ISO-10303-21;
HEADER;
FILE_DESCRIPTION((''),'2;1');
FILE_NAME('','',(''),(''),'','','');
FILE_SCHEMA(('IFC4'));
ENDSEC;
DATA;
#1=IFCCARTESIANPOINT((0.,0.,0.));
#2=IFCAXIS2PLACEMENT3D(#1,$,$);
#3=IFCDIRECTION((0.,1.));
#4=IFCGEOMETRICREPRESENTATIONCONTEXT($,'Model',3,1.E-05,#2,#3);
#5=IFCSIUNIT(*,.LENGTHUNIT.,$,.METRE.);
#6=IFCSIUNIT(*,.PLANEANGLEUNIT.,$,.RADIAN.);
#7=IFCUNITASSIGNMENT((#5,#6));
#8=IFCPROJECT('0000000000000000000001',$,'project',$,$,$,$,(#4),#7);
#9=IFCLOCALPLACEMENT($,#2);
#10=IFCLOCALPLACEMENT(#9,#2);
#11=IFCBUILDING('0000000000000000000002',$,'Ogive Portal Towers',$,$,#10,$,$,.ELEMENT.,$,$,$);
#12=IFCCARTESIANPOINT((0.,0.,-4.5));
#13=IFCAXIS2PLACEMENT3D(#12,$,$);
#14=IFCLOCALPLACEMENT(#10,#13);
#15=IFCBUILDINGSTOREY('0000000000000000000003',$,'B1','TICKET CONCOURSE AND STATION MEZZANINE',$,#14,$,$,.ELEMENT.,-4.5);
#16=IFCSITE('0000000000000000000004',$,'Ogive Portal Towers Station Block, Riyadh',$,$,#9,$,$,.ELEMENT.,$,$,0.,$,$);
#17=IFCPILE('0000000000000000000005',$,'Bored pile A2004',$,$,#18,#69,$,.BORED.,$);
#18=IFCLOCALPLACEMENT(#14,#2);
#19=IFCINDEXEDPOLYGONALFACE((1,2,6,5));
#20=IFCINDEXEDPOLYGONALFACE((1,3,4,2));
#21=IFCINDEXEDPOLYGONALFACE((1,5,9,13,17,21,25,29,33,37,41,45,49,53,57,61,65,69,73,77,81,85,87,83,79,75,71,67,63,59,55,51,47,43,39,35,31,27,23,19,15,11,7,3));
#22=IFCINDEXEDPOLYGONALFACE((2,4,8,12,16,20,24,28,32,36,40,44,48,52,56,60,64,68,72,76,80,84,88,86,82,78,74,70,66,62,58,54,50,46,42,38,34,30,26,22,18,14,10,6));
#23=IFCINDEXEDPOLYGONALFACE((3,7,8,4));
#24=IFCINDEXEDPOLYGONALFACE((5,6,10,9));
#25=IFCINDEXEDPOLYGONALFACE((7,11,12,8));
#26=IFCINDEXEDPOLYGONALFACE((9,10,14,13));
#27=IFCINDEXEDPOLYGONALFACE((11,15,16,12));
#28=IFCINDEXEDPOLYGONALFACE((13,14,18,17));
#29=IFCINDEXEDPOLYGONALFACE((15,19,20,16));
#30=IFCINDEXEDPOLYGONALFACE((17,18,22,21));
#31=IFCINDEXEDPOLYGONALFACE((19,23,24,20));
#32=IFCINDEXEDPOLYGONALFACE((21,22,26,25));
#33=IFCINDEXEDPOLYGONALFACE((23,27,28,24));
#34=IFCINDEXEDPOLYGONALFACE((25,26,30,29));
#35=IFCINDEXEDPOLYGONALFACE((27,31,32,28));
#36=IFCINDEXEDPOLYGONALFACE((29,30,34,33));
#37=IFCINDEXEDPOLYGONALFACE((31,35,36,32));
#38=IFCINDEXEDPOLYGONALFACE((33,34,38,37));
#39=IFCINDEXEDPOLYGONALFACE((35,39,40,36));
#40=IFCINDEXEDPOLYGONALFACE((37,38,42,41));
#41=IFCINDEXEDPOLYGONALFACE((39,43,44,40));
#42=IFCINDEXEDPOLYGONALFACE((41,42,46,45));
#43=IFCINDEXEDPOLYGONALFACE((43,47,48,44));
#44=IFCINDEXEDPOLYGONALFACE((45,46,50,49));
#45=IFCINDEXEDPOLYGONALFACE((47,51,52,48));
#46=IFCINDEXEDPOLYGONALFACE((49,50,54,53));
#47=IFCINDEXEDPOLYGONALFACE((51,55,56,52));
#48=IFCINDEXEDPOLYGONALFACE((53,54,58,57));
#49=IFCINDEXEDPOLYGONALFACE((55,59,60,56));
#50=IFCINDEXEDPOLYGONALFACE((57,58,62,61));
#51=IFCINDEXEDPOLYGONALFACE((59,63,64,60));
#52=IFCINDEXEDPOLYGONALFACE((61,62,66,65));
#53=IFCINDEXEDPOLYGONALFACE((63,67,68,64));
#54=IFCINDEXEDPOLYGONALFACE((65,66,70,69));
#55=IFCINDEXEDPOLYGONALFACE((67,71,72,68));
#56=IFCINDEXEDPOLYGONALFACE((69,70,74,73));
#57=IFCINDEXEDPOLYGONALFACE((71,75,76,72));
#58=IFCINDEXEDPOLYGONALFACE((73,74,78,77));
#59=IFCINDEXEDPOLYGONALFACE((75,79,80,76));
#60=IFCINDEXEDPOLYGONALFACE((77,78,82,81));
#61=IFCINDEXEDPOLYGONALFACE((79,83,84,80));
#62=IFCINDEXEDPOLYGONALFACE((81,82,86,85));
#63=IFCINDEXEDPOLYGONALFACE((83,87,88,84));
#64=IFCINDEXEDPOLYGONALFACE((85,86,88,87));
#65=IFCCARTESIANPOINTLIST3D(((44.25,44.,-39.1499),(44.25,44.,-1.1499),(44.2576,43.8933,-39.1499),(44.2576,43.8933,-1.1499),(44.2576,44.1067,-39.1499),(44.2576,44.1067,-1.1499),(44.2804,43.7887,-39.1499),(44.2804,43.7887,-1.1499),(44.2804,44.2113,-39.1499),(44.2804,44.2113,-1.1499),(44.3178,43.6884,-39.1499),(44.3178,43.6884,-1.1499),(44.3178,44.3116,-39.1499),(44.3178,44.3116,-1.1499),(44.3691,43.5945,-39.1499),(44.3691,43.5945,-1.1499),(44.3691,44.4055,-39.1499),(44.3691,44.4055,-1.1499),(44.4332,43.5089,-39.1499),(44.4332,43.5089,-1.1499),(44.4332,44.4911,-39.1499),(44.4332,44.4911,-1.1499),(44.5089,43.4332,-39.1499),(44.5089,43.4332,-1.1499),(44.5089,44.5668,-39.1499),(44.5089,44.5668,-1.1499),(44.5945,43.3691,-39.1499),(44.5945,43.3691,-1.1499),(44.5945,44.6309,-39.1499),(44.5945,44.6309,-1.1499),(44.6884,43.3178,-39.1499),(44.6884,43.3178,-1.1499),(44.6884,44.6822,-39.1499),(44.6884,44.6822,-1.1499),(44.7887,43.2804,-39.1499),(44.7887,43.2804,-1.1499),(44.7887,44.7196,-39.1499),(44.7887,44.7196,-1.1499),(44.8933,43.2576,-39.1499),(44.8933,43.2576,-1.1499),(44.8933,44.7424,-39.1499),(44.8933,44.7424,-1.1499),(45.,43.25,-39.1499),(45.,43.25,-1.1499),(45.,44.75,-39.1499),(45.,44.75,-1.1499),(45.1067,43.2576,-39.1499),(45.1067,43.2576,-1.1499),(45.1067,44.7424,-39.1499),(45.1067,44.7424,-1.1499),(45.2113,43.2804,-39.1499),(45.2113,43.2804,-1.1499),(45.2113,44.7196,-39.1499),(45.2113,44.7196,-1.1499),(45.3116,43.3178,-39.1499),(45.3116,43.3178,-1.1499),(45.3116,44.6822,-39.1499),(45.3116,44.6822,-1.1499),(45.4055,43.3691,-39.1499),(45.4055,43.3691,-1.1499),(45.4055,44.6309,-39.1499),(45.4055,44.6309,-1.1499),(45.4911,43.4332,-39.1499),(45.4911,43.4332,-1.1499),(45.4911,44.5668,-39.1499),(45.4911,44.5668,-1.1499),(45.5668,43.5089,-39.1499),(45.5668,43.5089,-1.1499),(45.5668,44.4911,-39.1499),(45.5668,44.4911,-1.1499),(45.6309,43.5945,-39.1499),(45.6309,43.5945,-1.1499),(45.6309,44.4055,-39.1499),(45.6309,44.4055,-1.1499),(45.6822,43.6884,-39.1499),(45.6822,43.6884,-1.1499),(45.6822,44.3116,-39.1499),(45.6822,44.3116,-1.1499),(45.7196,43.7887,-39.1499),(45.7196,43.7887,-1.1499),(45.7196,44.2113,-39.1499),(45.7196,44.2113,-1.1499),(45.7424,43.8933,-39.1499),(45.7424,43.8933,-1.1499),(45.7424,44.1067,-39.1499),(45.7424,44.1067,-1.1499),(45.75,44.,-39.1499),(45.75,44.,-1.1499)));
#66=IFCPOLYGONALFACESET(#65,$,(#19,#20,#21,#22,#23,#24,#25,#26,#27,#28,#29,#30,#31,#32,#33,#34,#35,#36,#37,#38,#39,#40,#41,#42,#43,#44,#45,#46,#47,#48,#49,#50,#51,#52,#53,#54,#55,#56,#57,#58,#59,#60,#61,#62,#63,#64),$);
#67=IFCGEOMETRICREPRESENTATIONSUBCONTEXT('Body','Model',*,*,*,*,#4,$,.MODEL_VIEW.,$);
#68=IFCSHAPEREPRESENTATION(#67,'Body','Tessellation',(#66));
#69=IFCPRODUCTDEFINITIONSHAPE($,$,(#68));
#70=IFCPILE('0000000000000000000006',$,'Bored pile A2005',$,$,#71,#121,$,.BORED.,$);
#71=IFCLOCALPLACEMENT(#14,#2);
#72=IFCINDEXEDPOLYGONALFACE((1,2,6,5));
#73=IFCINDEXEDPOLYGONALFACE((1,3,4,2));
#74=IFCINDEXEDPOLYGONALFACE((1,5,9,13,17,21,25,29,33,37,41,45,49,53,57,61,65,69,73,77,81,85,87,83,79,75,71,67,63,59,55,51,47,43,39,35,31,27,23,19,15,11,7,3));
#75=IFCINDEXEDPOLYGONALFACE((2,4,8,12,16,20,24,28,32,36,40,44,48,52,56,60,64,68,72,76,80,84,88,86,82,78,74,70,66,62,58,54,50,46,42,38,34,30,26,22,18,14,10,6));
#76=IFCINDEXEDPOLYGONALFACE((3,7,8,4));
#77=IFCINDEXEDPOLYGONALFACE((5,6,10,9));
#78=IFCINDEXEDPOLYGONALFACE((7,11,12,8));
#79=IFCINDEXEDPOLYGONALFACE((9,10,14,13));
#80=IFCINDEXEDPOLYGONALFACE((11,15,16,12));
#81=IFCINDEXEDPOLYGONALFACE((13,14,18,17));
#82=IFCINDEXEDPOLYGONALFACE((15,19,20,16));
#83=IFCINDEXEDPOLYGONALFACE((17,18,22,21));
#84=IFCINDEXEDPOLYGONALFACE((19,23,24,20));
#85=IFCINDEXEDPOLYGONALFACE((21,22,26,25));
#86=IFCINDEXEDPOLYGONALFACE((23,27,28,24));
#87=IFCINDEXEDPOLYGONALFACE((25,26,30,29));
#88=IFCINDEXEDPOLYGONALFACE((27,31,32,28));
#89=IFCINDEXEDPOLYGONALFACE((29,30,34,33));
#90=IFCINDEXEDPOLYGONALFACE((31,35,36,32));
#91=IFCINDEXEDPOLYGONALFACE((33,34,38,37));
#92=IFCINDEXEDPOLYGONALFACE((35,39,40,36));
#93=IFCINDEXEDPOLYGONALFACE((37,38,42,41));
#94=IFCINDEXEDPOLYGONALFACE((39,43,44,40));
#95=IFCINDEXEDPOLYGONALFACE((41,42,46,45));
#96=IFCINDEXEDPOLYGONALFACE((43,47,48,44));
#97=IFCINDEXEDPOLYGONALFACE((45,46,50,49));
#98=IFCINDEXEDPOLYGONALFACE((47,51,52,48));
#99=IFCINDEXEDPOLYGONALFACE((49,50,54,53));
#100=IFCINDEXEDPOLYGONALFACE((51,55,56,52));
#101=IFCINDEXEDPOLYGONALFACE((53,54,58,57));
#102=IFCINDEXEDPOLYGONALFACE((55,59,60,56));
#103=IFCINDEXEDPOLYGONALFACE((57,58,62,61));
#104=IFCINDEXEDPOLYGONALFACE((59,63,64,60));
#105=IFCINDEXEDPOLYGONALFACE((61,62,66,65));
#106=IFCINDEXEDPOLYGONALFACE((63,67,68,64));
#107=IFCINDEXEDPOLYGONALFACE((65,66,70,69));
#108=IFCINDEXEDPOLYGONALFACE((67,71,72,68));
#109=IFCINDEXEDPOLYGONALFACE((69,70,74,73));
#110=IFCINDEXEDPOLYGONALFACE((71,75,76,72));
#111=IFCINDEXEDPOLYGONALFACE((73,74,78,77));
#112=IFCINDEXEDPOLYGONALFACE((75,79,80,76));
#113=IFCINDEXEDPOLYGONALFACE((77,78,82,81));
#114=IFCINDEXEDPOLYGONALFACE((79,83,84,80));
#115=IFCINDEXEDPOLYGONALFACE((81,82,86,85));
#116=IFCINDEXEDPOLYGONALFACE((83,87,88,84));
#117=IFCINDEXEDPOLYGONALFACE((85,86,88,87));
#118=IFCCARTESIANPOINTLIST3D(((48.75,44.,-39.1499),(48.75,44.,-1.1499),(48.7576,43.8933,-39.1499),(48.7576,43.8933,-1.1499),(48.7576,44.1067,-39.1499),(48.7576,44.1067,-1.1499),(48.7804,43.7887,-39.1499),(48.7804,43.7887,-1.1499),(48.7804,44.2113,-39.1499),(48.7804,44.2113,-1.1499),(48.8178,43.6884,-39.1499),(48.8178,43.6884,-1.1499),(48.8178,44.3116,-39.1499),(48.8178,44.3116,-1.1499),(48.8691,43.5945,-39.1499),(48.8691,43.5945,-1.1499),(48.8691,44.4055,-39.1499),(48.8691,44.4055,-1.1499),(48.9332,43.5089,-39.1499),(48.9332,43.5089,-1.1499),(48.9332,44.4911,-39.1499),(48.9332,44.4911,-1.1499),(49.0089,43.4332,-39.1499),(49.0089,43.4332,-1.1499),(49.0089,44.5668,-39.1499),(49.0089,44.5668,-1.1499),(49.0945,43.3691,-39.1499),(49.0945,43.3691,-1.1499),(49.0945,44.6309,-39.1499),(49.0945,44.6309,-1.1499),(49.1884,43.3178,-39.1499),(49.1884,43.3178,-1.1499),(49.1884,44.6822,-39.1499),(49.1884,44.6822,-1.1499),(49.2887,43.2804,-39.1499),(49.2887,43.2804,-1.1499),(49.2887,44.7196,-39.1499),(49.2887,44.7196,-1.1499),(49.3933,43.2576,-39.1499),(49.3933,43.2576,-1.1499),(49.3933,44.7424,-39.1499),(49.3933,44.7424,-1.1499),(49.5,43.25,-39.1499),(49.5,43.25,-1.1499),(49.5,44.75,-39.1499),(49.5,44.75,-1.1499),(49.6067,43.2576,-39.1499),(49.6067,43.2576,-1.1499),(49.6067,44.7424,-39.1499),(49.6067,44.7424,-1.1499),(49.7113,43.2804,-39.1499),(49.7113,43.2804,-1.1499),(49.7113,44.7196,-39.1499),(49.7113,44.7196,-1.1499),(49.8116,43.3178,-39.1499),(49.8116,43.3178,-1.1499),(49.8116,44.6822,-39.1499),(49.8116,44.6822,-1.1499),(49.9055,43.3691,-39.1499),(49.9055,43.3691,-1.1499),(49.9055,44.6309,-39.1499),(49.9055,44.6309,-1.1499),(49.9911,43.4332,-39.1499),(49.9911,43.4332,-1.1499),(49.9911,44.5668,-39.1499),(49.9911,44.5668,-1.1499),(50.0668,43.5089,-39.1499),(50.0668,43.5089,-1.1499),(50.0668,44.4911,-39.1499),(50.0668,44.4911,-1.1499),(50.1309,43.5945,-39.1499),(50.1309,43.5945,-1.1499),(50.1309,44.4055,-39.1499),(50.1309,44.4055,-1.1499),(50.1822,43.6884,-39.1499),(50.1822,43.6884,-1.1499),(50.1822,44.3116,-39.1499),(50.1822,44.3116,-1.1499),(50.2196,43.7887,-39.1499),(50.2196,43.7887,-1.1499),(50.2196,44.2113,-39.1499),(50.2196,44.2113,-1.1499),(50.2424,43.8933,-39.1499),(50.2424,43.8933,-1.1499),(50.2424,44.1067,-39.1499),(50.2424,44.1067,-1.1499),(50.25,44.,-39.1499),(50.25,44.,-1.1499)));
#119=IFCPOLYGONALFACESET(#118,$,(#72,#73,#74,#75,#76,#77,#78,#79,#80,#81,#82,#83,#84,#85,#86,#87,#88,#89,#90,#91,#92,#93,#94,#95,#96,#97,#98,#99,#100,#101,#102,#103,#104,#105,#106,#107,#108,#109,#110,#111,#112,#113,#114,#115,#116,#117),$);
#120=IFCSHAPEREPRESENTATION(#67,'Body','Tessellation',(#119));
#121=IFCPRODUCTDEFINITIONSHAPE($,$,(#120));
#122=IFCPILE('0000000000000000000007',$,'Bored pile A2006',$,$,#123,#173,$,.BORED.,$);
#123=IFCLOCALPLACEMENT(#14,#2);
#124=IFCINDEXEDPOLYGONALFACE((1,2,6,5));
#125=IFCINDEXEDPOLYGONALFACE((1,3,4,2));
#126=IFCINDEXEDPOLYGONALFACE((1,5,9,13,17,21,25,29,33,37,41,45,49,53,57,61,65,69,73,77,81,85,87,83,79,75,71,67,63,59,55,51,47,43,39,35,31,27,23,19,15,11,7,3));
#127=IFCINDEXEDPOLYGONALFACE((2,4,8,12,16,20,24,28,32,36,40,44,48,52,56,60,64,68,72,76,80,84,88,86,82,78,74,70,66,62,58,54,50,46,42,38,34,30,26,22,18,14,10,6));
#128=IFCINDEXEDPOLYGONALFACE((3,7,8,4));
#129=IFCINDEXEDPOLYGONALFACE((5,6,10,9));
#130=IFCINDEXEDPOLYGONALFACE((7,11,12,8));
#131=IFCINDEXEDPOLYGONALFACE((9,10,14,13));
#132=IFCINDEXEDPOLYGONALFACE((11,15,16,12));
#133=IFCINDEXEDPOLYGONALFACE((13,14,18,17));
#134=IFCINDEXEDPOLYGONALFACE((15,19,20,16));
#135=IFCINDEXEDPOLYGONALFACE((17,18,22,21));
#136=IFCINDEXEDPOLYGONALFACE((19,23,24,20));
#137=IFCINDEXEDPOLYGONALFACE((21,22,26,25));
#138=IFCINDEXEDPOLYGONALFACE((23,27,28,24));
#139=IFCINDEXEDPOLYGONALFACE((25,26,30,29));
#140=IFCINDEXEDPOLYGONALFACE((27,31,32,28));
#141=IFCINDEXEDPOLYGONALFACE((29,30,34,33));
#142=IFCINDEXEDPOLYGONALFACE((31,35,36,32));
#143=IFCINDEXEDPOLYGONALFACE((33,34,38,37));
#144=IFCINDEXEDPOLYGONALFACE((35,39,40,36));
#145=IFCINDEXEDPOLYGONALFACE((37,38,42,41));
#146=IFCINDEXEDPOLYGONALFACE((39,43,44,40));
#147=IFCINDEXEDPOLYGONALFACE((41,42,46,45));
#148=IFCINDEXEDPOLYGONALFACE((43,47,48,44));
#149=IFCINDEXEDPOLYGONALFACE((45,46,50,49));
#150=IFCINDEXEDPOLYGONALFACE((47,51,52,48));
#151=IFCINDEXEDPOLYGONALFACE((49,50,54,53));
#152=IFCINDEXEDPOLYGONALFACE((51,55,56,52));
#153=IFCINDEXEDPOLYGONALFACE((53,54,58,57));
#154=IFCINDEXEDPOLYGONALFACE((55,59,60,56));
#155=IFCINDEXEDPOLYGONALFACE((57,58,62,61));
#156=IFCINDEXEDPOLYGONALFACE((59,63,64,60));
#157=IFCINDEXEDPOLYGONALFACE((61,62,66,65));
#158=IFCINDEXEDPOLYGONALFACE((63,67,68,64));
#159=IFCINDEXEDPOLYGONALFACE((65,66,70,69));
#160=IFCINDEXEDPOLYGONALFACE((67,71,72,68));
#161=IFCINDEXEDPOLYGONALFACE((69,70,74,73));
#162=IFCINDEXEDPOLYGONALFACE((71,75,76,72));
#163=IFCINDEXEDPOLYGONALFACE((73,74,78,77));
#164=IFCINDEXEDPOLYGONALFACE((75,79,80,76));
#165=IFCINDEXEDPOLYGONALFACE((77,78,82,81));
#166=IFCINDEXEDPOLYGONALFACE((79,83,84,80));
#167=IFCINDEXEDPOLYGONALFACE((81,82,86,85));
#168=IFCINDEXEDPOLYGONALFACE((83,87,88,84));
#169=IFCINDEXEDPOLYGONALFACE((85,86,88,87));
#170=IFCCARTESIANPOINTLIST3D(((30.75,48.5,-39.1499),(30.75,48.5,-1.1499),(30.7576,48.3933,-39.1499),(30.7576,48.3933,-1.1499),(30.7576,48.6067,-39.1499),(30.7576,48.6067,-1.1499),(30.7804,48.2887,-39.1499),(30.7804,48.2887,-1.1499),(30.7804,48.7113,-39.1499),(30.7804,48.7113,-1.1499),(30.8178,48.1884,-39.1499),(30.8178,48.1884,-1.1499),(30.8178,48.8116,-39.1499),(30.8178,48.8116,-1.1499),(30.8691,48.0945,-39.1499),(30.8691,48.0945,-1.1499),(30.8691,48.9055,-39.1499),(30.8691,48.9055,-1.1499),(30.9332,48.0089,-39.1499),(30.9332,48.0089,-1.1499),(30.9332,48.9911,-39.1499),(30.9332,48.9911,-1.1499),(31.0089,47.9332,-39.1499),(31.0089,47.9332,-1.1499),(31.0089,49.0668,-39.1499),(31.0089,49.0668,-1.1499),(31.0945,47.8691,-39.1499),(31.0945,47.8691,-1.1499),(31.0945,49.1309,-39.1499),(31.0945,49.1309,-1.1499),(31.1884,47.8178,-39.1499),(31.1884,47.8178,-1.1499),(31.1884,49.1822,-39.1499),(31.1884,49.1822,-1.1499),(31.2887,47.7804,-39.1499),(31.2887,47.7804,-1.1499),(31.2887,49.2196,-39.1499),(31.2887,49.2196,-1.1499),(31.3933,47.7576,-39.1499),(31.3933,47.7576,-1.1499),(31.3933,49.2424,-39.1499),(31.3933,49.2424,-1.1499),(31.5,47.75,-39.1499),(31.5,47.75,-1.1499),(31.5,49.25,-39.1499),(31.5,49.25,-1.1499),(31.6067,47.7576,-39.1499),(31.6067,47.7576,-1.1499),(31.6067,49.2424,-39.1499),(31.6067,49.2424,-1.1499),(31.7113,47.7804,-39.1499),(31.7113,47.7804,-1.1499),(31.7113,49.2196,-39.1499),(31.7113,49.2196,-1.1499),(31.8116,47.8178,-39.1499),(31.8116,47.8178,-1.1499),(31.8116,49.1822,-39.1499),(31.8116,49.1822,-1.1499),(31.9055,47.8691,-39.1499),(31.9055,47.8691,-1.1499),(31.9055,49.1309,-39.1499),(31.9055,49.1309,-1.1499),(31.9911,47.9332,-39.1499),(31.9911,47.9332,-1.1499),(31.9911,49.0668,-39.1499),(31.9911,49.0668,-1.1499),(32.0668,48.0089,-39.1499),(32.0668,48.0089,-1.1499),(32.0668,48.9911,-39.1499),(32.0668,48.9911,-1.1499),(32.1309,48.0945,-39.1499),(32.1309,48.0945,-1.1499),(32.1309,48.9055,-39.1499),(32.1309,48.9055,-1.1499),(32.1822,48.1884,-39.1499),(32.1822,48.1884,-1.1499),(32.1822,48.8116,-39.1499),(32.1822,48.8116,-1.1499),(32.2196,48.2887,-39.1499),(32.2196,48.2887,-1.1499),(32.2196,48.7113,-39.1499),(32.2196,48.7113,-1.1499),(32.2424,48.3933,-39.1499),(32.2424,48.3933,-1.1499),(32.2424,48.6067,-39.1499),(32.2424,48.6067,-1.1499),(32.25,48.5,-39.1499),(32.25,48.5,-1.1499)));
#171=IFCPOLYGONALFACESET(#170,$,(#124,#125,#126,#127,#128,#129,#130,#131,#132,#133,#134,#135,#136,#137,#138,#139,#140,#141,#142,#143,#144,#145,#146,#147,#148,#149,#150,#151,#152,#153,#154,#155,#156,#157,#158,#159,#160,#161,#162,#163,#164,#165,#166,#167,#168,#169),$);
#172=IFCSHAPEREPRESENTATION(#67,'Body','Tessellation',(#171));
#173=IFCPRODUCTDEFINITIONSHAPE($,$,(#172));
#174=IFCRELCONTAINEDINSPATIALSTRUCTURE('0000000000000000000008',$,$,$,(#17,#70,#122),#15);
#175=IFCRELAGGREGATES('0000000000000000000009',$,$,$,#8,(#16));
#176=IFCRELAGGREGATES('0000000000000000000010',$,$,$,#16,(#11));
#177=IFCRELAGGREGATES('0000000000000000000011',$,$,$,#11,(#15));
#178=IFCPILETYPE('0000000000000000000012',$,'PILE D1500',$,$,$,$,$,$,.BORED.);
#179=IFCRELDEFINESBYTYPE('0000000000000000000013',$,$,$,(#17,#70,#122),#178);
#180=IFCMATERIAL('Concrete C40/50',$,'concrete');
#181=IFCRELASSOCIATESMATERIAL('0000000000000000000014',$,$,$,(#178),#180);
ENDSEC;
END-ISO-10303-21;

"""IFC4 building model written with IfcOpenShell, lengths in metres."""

from ifc_helpers import new_model, si_unit, direction, frame, origin, origin_2d, place, context, subcontext, project, spatial, circle, extrude, material, material_profile, profile_set, type_object, element, save


model = new_model("IFC4")

# Units and contexts
model_context = context("Model", 3, precision=1e-05, world=origin(), true_north=direction((0.0, 1.0)))
body_context = subcontext(model_context, "Body", "Model", "MODEL_VIEW")
ifc_project = project(units=[si_unit("LENGTHUNIT", "METRE"), si_unit("PLANEANGLEUNIT", "RADIAN")], contexts=[model_context])

# Site, building, storey
site_placement = place(None, origin())
site = spatial("IfcSite", under=ifc_project, at=site_placement, Name="Ogive Portal Towers Station Block, Riyadh", CompositionType="ELEMENT", RefElevation=0.0)
building_placement = place(site_placement, origin())
building = spatial("IfcBuilding", under=site, at=building_placement, Name="Ogive Portal Towers", CompositionType="ELEMENT")
storey_placement = place(building_placement, frame((0.0, 0.0, -4.5)))
storey = spatial("IfcBuildingStorey", under=building, at=storey_placement, Name="B1", Description="TICKET CONCOURSE AND STATION MEZZANINE", CompositionType="ELEMENT", Elevation=-4.5)

# Piles
ifc_material_1 = material(Name="Concrete C40/50", Category="concrete")
ifc_material_profile_1 = material_profile(ifc_material_1, circle(Radius=0.75, at=origin_2d()), Name="PILE D1500")
ifc_profile_set_1 = profile_set([ifc_material_profile_1], Name="Concrete C40/50")
pile_type = type_object("IfcPileType", Name="PILE D1500", PredefinedType="BORED", material=ifc_profile_set_1)
for number, where, z_axis, x_axis, name in (
    (1, (45.0, 44.0, -1.1499), (0.0, 0.0, -1.0), (1.0, 0.0, 0.0), "Bored pile A2004"),
    (2, (49.5, 44.0, -1.1499), (0.0, 0.0, -1.0), (1.0, 0.0, 0.0), "Bored pile A2005"),
    (3, (31.5, 48.5, -1.1499), (0.0, 0.0, -1.0), (1.0, 0.0, 0.0), "Bored pile A2006"),
):
    element("IfcPile", number, at=place(storey_placement, frame(where, z_axis=z_axis, x_axis=x_axis)), inside=storey, type_object=pile_type, Name=name, PredefinedType="BORED", context=body_context, shape_type="SweptSolid", body=[
        extrude(circle(Radius=0.75, at=origin_2d()), origin(), (0.0, 0.0, 1.0), 38.0),
    ])

save(model, "model.ifc")
